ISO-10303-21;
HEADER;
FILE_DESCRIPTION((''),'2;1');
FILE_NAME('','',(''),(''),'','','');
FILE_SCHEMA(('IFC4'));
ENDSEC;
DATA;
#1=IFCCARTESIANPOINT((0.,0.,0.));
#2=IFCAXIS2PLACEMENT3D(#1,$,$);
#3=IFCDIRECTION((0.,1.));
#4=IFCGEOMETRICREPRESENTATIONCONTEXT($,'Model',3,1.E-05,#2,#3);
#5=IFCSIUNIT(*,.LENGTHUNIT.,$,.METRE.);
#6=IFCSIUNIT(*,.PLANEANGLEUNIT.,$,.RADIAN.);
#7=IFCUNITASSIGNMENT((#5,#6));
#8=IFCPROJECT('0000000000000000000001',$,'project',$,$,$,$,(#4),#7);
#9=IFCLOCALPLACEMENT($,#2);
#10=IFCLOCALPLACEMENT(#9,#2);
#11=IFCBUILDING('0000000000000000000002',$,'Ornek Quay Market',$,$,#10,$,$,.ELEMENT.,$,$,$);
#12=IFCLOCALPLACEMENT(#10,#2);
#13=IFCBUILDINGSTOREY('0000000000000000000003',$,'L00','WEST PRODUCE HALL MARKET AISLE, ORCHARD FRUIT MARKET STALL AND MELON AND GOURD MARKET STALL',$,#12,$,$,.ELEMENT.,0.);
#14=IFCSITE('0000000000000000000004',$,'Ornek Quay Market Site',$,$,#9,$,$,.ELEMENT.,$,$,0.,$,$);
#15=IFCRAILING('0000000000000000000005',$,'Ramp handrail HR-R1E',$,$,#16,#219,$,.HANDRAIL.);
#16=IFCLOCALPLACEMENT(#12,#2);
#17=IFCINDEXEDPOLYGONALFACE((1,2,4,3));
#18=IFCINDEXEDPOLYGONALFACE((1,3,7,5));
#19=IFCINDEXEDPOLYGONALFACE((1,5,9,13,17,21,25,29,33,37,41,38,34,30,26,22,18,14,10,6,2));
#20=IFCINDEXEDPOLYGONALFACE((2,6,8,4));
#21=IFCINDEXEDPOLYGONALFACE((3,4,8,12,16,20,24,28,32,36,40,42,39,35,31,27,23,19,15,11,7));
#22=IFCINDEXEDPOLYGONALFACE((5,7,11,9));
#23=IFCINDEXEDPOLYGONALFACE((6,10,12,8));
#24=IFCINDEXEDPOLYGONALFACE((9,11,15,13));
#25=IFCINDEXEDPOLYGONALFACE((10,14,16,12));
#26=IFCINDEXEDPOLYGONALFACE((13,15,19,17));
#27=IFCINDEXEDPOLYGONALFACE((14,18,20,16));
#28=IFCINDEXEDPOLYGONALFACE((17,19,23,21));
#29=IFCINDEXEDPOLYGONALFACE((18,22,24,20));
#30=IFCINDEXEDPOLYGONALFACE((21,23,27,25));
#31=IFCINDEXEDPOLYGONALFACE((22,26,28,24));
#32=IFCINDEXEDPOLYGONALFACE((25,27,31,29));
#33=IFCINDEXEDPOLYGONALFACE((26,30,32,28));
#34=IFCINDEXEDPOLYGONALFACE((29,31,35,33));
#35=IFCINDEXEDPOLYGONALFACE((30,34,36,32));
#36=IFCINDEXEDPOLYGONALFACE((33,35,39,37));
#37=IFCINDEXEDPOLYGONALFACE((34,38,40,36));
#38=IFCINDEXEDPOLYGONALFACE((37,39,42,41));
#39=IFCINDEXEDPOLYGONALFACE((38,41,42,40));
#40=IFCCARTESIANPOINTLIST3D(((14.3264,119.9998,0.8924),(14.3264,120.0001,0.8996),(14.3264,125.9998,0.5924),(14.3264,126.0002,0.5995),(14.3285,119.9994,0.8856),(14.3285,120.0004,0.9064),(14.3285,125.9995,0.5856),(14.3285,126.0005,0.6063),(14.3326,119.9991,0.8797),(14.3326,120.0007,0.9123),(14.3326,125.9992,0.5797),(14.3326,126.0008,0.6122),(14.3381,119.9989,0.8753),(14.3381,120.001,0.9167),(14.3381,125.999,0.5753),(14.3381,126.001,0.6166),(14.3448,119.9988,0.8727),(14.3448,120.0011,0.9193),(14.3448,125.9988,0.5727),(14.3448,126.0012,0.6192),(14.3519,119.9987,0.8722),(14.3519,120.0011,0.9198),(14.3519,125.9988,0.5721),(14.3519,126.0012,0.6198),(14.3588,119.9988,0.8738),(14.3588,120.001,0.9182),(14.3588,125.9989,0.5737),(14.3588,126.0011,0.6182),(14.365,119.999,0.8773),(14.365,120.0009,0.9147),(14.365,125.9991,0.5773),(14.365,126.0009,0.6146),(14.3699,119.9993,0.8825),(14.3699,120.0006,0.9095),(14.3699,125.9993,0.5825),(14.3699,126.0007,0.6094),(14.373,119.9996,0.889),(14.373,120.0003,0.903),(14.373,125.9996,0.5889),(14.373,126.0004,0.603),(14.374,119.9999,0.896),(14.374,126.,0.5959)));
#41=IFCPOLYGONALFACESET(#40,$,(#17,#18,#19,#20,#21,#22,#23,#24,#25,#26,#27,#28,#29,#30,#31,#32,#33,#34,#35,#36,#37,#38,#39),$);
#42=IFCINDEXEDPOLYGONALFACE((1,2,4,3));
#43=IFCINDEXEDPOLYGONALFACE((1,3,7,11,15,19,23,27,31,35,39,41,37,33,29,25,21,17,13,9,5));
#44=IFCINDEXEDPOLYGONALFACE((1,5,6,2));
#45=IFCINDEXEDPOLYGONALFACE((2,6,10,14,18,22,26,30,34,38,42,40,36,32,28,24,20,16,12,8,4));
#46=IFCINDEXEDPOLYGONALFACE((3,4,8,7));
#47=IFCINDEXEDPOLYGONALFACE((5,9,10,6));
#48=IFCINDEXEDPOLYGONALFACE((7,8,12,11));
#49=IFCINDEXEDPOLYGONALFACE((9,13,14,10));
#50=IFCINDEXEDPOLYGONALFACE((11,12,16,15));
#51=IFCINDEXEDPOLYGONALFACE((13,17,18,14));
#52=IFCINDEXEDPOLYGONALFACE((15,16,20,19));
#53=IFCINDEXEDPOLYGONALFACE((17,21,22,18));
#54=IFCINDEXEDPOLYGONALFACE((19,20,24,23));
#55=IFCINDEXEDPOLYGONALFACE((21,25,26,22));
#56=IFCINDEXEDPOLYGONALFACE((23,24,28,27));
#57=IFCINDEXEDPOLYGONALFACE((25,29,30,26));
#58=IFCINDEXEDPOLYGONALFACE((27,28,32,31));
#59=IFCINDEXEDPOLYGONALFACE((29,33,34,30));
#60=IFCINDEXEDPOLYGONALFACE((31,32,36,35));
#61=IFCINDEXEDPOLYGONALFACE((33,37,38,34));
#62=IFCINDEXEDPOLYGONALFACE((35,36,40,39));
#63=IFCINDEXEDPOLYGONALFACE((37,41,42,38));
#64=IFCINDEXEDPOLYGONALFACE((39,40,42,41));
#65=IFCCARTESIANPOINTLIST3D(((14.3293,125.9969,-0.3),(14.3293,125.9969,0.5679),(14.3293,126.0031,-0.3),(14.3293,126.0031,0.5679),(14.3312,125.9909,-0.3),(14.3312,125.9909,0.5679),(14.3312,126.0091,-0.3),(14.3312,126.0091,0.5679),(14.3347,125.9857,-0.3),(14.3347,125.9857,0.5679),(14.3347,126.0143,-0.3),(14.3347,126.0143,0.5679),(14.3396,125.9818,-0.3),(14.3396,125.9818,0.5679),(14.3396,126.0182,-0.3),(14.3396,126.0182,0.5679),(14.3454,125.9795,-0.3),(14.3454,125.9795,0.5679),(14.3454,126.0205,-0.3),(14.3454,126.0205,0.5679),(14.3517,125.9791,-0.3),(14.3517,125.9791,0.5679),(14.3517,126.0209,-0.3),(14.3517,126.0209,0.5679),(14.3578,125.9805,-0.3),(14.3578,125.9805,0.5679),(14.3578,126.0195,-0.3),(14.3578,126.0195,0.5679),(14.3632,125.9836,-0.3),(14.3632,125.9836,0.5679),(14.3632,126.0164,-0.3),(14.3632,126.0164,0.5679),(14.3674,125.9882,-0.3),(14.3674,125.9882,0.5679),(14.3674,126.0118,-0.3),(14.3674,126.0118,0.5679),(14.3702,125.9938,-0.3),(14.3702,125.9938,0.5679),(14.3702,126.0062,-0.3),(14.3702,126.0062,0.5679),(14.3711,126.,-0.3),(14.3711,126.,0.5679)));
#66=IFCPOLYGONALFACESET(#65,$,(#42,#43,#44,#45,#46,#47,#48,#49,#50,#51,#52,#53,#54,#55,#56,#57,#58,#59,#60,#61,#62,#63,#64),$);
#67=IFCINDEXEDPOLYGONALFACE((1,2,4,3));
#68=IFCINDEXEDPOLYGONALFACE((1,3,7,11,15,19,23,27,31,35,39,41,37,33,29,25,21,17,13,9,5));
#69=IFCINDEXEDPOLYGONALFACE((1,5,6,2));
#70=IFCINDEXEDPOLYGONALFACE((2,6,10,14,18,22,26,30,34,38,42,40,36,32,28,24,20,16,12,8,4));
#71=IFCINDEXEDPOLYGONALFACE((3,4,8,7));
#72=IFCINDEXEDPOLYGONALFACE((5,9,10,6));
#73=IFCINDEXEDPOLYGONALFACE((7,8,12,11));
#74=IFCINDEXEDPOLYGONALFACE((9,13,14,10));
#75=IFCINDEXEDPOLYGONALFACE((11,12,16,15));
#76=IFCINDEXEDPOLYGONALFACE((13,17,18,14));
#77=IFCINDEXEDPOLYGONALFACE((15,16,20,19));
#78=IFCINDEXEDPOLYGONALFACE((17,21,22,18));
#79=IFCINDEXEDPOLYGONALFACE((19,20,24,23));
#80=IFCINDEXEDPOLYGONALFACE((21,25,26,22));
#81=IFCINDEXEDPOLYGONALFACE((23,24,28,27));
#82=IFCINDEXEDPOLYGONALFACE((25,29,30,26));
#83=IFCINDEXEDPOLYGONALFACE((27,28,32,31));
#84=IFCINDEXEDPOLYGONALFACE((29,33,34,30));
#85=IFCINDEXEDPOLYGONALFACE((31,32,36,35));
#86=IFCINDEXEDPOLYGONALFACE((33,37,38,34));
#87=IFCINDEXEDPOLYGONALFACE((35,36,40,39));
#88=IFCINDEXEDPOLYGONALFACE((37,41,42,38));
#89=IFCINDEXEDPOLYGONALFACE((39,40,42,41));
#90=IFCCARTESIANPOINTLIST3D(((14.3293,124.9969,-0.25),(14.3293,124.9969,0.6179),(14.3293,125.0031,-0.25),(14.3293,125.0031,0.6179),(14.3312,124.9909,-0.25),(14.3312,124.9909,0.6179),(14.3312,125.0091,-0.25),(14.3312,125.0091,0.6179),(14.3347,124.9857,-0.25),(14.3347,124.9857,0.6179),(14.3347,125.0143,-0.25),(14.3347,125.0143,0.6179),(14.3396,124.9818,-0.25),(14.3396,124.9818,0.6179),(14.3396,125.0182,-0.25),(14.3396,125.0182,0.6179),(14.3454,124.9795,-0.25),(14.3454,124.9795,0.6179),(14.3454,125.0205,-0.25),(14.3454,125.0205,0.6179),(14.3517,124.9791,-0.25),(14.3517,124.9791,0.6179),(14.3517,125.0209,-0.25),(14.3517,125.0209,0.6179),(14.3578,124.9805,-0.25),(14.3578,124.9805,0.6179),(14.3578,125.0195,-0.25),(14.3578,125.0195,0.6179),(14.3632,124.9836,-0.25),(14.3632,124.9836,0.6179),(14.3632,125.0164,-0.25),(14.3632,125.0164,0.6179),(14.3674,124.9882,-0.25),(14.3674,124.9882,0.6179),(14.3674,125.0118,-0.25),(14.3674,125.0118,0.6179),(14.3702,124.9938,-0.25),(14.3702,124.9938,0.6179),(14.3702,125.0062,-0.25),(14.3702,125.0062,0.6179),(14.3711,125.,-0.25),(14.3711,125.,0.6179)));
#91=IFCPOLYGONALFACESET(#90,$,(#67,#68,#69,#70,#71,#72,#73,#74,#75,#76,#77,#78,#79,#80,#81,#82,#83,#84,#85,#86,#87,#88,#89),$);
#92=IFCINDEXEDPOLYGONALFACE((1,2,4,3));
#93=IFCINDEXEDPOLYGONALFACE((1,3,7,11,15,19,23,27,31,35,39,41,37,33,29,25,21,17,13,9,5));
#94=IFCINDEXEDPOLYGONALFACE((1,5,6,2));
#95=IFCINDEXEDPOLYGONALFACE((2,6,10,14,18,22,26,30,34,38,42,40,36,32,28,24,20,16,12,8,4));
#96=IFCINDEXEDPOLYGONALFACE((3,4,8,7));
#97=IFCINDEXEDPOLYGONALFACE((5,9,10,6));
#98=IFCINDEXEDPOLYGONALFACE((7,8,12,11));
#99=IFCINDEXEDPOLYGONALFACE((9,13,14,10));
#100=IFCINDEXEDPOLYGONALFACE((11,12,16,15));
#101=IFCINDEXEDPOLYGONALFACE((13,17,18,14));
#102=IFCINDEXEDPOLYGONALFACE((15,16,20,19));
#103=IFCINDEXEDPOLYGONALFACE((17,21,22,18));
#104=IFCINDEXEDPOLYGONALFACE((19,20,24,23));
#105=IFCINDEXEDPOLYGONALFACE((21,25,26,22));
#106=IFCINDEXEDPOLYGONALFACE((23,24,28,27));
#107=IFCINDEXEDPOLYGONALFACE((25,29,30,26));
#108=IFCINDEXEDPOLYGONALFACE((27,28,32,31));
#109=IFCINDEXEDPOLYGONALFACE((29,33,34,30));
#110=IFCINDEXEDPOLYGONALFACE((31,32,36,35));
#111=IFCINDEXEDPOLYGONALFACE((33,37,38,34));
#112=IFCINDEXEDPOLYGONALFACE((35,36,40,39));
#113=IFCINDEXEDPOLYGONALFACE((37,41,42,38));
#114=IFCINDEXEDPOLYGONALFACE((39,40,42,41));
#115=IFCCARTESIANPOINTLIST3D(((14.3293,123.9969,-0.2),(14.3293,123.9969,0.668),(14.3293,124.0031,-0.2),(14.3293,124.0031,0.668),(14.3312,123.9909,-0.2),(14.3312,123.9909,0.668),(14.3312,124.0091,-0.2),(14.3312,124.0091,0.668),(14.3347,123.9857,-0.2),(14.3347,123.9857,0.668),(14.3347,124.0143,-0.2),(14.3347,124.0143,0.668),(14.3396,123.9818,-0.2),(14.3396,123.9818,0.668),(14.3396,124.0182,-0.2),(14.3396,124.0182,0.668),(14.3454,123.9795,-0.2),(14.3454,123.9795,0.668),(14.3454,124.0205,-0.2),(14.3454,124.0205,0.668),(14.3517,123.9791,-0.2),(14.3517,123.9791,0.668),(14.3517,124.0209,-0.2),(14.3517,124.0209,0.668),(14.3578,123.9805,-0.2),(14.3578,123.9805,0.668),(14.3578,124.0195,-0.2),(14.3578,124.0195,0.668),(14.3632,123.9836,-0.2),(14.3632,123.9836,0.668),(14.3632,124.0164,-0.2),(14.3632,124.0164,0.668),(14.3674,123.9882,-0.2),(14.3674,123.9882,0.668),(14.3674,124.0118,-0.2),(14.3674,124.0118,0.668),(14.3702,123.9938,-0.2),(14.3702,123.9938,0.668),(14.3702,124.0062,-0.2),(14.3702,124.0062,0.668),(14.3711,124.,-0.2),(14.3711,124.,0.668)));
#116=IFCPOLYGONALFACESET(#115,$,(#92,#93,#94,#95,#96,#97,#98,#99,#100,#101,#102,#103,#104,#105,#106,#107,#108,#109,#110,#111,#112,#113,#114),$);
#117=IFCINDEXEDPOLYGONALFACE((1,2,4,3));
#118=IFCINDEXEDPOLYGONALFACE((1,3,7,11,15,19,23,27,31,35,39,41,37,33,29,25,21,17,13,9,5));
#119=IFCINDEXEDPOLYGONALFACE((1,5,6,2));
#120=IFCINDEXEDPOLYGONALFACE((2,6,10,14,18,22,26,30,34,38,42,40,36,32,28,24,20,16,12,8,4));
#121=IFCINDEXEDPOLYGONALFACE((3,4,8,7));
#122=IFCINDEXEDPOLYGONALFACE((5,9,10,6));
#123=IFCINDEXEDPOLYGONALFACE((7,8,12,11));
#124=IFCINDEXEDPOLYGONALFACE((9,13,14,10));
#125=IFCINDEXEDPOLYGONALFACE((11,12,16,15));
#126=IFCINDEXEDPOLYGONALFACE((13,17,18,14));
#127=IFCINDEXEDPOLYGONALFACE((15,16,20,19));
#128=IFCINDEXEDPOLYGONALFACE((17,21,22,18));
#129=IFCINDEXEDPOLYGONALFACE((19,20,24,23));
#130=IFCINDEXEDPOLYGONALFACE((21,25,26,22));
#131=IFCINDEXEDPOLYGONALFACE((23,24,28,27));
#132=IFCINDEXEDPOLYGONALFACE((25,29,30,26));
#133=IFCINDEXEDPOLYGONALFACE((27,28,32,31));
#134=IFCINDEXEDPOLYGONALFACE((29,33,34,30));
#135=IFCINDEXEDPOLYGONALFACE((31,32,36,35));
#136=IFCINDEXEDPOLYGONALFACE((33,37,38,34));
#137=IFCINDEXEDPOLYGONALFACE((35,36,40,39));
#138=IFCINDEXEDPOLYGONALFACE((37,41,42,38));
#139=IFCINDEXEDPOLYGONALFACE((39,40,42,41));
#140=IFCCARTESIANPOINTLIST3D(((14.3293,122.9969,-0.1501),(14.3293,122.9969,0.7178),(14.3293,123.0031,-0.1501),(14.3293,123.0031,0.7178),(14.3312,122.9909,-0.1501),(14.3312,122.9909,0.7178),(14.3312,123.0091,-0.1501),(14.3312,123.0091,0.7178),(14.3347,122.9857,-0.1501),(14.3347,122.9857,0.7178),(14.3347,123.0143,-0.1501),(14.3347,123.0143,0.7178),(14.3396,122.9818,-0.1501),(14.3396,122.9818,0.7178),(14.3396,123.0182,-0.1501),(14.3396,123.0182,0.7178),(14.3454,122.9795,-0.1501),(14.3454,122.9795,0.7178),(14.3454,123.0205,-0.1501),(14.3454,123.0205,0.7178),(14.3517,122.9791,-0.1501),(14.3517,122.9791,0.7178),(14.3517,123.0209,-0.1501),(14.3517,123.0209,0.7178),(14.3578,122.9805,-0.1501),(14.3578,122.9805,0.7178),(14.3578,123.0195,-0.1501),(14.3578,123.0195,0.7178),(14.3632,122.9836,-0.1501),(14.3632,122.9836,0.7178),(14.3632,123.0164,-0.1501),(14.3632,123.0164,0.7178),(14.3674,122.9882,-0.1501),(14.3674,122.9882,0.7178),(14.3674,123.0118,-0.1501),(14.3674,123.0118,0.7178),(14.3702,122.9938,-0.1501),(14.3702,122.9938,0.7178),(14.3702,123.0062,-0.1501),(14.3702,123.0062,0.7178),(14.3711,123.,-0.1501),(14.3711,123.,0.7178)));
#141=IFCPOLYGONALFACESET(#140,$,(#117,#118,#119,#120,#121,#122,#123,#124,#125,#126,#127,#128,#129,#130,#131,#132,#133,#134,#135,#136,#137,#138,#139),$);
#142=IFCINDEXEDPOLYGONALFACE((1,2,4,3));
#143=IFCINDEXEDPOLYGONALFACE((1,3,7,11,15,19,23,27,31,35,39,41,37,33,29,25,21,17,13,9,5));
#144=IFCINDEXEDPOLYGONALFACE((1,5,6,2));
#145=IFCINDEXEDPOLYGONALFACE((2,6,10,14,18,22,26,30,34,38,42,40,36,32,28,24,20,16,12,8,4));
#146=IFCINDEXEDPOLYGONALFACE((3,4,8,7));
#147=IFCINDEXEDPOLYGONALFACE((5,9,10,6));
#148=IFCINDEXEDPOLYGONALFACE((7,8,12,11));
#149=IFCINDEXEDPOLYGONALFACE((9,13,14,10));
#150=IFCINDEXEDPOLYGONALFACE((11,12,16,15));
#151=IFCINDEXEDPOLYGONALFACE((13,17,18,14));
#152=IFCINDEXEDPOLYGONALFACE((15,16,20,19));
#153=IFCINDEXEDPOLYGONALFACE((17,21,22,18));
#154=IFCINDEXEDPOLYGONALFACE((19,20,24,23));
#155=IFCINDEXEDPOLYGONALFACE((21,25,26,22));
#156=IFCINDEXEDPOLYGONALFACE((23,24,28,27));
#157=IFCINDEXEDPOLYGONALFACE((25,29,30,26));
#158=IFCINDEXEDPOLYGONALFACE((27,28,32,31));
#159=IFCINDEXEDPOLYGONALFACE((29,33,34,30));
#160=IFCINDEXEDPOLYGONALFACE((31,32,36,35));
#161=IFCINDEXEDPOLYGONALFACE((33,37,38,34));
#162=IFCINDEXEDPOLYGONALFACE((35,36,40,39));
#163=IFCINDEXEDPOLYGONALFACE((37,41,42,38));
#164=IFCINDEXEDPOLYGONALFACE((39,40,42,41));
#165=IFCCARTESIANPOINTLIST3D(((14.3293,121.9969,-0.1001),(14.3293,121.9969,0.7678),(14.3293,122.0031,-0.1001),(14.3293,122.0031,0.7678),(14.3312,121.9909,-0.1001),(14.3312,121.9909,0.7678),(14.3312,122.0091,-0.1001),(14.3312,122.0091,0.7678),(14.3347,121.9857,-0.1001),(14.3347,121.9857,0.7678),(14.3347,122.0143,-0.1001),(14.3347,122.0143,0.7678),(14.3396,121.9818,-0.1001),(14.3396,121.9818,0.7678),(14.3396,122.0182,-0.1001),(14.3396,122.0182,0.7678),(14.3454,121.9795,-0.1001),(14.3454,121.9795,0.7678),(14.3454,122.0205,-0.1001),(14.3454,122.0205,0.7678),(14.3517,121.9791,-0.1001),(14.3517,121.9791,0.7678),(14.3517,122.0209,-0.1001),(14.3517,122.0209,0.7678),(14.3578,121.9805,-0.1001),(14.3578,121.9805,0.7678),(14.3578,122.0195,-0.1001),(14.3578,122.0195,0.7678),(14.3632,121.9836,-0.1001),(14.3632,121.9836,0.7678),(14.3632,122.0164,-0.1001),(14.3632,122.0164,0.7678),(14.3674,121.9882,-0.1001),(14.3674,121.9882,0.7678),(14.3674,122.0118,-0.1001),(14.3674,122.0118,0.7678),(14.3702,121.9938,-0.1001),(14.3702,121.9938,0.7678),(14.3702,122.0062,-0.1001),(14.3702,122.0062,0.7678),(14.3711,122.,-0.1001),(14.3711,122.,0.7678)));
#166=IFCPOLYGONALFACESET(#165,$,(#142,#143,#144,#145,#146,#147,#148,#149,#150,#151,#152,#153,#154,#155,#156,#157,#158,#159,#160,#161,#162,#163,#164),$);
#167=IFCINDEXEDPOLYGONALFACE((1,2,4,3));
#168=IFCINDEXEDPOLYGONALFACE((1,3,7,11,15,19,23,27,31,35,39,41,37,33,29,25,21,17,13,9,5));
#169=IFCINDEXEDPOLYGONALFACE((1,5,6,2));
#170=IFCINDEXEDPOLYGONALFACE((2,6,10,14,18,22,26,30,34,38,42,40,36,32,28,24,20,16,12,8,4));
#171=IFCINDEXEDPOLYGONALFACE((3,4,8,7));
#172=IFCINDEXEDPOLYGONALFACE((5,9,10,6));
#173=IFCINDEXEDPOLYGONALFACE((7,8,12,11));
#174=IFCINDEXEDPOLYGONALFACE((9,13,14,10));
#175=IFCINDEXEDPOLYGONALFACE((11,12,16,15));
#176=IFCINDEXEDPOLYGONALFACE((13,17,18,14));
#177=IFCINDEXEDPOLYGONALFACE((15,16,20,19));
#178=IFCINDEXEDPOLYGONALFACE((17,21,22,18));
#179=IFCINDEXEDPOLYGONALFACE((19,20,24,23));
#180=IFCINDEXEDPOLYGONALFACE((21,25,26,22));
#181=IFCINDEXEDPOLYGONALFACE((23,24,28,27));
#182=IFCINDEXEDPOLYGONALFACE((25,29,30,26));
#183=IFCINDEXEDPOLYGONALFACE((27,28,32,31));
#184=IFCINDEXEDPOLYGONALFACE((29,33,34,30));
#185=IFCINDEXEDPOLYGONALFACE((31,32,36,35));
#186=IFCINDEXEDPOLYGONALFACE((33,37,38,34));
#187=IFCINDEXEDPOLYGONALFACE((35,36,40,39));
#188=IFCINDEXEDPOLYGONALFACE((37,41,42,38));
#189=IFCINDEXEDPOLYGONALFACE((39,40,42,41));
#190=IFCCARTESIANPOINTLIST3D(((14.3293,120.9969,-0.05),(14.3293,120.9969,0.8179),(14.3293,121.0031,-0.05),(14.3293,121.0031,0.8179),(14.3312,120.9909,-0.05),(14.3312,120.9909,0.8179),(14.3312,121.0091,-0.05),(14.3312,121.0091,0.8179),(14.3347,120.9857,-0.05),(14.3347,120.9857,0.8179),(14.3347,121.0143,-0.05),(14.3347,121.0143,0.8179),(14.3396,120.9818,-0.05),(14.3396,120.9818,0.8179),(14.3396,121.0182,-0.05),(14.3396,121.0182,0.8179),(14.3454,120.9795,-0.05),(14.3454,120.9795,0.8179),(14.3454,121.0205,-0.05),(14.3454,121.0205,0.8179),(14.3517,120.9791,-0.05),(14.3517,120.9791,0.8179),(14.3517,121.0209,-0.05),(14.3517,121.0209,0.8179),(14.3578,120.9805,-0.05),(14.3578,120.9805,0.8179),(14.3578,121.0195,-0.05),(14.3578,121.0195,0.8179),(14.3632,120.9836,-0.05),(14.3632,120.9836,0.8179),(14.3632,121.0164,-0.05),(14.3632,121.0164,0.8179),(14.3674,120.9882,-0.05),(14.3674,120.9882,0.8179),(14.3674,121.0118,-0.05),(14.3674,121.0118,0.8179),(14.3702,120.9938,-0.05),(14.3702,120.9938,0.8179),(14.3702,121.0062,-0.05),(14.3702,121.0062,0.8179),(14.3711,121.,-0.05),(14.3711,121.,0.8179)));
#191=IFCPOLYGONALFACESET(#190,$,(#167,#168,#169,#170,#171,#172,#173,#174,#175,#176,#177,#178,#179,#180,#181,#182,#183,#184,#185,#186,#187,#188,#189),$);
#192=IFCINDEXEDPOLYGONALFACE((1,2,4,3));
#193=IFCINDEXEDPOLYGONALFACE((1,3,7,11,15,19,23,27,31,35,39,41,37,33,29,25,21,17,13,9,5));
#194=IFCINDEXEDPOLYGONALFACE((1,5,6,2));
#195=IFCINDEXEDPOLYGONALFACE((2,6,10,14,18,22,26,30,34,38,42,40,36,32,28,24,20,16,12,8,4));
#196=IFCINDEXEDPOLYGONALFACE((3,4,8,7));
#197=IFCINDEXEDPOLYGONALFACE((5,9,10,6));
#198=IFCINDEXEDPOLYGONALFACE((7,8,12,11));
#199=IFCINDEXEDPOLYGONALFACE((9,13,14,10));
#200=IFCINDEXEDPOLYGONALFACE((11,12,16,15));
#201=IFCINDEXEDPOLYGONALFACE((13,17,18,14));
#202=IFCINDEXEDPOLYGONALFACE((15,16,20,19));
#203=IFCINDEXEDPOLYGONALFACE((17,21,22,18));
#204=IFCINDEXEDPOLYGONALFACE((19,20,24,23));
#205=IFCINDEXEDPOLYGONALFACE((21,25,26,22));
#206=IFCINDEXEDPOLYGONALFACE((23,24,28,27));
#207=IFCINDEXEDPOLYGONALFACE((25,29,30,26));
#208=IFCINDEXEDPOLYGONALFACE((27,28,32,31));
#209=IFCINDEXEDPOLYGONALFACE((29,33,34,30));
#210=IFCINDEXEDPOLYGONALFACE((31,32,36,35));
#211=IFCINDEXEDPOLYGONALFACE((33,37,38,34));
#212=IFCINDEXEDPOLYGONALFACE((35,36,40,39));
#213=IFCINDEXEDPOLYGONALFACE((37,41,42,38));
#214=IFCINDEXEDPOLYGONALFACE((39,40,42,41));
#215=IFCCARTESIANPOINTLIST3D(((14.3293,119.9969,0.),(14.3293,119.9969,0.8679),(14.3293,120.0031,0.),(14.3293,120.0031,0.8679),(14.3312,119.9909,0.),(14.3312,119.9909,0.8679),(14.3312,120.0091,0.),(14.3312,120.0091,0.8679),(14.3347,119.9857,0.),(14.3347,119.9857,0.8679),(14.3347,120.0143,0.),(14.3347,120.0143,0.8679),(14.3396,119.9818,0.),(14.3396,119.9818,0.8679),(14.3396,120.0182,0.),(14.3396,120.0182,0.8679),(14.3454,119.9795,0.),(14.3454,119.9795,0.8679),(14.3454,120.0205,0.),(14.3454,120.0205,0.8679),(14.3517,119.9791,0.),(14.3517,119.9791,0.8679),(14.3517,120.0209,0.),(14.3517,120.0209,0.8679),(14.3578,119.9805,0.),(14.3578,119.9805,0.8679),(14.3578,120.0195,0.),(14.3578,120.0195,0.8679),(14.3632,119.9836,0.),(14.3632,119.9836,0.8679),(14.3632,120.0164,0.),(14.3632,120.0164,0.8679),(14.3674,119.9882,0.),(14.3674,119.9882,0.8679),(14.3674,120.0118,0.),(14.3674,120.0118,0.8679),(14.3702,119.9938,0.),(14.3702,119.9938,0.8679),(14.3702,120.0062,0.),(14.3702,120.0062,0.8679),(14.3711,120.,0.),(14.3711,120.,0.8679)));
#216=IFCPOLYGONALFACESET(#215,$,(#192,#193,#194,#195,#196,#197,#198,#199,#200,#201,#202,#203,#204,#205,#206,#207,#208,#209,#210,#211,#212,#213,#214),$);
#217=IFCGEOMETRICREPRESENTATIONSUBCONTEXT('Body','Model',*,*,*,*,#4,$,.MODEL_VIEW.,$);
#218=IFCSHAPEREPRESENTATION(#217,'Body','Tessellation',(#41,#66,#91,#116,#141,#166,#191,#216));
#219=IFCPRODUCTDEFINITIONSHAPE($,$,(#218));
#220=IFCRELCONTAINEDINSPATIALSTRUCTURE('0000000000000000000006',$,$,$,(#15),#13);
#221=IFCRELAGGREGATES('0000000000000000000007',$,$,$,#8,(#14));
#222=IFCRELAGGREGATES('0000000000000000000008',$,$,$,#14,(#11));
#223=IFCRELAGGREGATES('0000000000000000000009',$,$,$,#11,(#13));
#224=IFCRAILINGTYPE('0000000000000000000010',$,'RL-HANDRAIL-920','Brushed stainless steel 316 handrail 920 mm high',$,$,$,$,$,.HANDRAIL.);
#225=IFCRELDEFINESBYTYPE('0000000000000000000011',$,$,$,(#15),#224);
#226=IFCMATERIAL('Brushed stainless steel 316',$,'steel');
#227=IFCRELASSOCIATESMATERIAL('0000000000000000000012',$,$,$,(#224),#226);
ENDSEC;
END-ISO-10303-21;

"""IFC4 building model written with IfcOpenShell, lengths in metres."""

from ifc_helpers import new_model, si_unit, direction, frame, origin, origin_2d, place, context, subcontext, project, spatial, circle, extrude, material, type_object, element, save


model = new_model("IFC4")

# Units and contexts
model_context = context("Model", 3, precision=1e-05, world=origin(), true_north=direction((0.0, 1.0)))
body_context = subcontext(model_context, "Body", "Model", "MODEL_VIEW")
ifc_project = project(units=[si_unit("LENGTHUNIT", "METRE"), si_unit("PLANEANGLEUNIT", "RADIAN")], contexts=[model_context])

# Site, building, storey
site_placement = place(None, origin())
site = spatial("IfcSite", under=ifc_project, at=site_placement, Name="Ornek Quay Market Site", CompositionType="ELEMENT", RefElevation=0.0)
building_placement = place(site_placement, origin())
building = spatial("IfcBuilding", under=site, at=building_placement, Name="Ornek Quay Market", CompositionType="ELEMENT")
storey_placement = place(building_placement, origin())
storey = spatial("IfcBuildingStorey", under=building, at=storey_placement, Name="L00", Description="WEST PRODUCE HALL MARKET AISLE, ORCHARD FRUIT MARKET STALL AND MELON AND GOURD MARKET STALL", CompositionType="ELEMENT", Elevation=0.0)

# Railing
ifc_material_1 = material(Name="Brushed stainless steel 316", Category="steel")
railing_type = type_object("IfcRailingType", Name="RL-HANDRAIL-920", Description="Brushed stainless steel 316 handrail 920 mm high", PredefinedType="HANDRAIL", material=ifc_material_1)
railing_placement = place(storey_placement, frame((14.3501, 126.0, -0.3)))
element("IfcRailing", 1, at=railing_placement, inside=storey, type_object=railing_type, Name="Ramp handrail HR-R1E", PredefinedType="HANDRAIL", context=body_context, shape_type="SweptSolid", body=[
    extrude(circle(Radius=0.0239, at=origin_2d()), frame((0.0, 0.0, 0.896), z_axis=(0.0, -0.998752, 0.049946), x_axis=(1.0, 0.0, 0.0)), (0.0, 0.0, 1.0), 6.0076),
    extrude(circle(Radius=0.021, at=origin_2d()), origin(), (0.0, 0.0, 1.0), 0.8679),
    extrude(circle(Radius=0.021, at=origin_2d()), frame((0.0, -1.0, 0.05)), (0.0, 0.0, 1.0), 0.8679),
    extrude(circle(Radius=0.021, at=origin_2d()), frame((0.0, -2.0, 0.1001)), (0.0, 0.0, 1.0), 0.8679),
    extrude(circle(Radius=0.021, at=origin_2d()), frame((0.0, -3.0, 0.1499)), (0.0, 0.0, 1.0), 0.8679),
    extrude(circle(Radius=0.021, at=origin_2d()), frame((0.0, -4.0, 0.2)), (0.0, 0.0, 1.0), 0.8679),
    extrude(circle(Radius=0.021, at=origin_2d()), frame((0.0, -5.0, 0.25)), (0.0, 0.0, 1.0), 0.8679),
    extrude(circle(Radius=0.021, at=origin_2d()), frame((0.0, -6.0, 0.3)), (0.0, 0.0, 1.0), 0.8679),
])

save(model, "model.ifc")
